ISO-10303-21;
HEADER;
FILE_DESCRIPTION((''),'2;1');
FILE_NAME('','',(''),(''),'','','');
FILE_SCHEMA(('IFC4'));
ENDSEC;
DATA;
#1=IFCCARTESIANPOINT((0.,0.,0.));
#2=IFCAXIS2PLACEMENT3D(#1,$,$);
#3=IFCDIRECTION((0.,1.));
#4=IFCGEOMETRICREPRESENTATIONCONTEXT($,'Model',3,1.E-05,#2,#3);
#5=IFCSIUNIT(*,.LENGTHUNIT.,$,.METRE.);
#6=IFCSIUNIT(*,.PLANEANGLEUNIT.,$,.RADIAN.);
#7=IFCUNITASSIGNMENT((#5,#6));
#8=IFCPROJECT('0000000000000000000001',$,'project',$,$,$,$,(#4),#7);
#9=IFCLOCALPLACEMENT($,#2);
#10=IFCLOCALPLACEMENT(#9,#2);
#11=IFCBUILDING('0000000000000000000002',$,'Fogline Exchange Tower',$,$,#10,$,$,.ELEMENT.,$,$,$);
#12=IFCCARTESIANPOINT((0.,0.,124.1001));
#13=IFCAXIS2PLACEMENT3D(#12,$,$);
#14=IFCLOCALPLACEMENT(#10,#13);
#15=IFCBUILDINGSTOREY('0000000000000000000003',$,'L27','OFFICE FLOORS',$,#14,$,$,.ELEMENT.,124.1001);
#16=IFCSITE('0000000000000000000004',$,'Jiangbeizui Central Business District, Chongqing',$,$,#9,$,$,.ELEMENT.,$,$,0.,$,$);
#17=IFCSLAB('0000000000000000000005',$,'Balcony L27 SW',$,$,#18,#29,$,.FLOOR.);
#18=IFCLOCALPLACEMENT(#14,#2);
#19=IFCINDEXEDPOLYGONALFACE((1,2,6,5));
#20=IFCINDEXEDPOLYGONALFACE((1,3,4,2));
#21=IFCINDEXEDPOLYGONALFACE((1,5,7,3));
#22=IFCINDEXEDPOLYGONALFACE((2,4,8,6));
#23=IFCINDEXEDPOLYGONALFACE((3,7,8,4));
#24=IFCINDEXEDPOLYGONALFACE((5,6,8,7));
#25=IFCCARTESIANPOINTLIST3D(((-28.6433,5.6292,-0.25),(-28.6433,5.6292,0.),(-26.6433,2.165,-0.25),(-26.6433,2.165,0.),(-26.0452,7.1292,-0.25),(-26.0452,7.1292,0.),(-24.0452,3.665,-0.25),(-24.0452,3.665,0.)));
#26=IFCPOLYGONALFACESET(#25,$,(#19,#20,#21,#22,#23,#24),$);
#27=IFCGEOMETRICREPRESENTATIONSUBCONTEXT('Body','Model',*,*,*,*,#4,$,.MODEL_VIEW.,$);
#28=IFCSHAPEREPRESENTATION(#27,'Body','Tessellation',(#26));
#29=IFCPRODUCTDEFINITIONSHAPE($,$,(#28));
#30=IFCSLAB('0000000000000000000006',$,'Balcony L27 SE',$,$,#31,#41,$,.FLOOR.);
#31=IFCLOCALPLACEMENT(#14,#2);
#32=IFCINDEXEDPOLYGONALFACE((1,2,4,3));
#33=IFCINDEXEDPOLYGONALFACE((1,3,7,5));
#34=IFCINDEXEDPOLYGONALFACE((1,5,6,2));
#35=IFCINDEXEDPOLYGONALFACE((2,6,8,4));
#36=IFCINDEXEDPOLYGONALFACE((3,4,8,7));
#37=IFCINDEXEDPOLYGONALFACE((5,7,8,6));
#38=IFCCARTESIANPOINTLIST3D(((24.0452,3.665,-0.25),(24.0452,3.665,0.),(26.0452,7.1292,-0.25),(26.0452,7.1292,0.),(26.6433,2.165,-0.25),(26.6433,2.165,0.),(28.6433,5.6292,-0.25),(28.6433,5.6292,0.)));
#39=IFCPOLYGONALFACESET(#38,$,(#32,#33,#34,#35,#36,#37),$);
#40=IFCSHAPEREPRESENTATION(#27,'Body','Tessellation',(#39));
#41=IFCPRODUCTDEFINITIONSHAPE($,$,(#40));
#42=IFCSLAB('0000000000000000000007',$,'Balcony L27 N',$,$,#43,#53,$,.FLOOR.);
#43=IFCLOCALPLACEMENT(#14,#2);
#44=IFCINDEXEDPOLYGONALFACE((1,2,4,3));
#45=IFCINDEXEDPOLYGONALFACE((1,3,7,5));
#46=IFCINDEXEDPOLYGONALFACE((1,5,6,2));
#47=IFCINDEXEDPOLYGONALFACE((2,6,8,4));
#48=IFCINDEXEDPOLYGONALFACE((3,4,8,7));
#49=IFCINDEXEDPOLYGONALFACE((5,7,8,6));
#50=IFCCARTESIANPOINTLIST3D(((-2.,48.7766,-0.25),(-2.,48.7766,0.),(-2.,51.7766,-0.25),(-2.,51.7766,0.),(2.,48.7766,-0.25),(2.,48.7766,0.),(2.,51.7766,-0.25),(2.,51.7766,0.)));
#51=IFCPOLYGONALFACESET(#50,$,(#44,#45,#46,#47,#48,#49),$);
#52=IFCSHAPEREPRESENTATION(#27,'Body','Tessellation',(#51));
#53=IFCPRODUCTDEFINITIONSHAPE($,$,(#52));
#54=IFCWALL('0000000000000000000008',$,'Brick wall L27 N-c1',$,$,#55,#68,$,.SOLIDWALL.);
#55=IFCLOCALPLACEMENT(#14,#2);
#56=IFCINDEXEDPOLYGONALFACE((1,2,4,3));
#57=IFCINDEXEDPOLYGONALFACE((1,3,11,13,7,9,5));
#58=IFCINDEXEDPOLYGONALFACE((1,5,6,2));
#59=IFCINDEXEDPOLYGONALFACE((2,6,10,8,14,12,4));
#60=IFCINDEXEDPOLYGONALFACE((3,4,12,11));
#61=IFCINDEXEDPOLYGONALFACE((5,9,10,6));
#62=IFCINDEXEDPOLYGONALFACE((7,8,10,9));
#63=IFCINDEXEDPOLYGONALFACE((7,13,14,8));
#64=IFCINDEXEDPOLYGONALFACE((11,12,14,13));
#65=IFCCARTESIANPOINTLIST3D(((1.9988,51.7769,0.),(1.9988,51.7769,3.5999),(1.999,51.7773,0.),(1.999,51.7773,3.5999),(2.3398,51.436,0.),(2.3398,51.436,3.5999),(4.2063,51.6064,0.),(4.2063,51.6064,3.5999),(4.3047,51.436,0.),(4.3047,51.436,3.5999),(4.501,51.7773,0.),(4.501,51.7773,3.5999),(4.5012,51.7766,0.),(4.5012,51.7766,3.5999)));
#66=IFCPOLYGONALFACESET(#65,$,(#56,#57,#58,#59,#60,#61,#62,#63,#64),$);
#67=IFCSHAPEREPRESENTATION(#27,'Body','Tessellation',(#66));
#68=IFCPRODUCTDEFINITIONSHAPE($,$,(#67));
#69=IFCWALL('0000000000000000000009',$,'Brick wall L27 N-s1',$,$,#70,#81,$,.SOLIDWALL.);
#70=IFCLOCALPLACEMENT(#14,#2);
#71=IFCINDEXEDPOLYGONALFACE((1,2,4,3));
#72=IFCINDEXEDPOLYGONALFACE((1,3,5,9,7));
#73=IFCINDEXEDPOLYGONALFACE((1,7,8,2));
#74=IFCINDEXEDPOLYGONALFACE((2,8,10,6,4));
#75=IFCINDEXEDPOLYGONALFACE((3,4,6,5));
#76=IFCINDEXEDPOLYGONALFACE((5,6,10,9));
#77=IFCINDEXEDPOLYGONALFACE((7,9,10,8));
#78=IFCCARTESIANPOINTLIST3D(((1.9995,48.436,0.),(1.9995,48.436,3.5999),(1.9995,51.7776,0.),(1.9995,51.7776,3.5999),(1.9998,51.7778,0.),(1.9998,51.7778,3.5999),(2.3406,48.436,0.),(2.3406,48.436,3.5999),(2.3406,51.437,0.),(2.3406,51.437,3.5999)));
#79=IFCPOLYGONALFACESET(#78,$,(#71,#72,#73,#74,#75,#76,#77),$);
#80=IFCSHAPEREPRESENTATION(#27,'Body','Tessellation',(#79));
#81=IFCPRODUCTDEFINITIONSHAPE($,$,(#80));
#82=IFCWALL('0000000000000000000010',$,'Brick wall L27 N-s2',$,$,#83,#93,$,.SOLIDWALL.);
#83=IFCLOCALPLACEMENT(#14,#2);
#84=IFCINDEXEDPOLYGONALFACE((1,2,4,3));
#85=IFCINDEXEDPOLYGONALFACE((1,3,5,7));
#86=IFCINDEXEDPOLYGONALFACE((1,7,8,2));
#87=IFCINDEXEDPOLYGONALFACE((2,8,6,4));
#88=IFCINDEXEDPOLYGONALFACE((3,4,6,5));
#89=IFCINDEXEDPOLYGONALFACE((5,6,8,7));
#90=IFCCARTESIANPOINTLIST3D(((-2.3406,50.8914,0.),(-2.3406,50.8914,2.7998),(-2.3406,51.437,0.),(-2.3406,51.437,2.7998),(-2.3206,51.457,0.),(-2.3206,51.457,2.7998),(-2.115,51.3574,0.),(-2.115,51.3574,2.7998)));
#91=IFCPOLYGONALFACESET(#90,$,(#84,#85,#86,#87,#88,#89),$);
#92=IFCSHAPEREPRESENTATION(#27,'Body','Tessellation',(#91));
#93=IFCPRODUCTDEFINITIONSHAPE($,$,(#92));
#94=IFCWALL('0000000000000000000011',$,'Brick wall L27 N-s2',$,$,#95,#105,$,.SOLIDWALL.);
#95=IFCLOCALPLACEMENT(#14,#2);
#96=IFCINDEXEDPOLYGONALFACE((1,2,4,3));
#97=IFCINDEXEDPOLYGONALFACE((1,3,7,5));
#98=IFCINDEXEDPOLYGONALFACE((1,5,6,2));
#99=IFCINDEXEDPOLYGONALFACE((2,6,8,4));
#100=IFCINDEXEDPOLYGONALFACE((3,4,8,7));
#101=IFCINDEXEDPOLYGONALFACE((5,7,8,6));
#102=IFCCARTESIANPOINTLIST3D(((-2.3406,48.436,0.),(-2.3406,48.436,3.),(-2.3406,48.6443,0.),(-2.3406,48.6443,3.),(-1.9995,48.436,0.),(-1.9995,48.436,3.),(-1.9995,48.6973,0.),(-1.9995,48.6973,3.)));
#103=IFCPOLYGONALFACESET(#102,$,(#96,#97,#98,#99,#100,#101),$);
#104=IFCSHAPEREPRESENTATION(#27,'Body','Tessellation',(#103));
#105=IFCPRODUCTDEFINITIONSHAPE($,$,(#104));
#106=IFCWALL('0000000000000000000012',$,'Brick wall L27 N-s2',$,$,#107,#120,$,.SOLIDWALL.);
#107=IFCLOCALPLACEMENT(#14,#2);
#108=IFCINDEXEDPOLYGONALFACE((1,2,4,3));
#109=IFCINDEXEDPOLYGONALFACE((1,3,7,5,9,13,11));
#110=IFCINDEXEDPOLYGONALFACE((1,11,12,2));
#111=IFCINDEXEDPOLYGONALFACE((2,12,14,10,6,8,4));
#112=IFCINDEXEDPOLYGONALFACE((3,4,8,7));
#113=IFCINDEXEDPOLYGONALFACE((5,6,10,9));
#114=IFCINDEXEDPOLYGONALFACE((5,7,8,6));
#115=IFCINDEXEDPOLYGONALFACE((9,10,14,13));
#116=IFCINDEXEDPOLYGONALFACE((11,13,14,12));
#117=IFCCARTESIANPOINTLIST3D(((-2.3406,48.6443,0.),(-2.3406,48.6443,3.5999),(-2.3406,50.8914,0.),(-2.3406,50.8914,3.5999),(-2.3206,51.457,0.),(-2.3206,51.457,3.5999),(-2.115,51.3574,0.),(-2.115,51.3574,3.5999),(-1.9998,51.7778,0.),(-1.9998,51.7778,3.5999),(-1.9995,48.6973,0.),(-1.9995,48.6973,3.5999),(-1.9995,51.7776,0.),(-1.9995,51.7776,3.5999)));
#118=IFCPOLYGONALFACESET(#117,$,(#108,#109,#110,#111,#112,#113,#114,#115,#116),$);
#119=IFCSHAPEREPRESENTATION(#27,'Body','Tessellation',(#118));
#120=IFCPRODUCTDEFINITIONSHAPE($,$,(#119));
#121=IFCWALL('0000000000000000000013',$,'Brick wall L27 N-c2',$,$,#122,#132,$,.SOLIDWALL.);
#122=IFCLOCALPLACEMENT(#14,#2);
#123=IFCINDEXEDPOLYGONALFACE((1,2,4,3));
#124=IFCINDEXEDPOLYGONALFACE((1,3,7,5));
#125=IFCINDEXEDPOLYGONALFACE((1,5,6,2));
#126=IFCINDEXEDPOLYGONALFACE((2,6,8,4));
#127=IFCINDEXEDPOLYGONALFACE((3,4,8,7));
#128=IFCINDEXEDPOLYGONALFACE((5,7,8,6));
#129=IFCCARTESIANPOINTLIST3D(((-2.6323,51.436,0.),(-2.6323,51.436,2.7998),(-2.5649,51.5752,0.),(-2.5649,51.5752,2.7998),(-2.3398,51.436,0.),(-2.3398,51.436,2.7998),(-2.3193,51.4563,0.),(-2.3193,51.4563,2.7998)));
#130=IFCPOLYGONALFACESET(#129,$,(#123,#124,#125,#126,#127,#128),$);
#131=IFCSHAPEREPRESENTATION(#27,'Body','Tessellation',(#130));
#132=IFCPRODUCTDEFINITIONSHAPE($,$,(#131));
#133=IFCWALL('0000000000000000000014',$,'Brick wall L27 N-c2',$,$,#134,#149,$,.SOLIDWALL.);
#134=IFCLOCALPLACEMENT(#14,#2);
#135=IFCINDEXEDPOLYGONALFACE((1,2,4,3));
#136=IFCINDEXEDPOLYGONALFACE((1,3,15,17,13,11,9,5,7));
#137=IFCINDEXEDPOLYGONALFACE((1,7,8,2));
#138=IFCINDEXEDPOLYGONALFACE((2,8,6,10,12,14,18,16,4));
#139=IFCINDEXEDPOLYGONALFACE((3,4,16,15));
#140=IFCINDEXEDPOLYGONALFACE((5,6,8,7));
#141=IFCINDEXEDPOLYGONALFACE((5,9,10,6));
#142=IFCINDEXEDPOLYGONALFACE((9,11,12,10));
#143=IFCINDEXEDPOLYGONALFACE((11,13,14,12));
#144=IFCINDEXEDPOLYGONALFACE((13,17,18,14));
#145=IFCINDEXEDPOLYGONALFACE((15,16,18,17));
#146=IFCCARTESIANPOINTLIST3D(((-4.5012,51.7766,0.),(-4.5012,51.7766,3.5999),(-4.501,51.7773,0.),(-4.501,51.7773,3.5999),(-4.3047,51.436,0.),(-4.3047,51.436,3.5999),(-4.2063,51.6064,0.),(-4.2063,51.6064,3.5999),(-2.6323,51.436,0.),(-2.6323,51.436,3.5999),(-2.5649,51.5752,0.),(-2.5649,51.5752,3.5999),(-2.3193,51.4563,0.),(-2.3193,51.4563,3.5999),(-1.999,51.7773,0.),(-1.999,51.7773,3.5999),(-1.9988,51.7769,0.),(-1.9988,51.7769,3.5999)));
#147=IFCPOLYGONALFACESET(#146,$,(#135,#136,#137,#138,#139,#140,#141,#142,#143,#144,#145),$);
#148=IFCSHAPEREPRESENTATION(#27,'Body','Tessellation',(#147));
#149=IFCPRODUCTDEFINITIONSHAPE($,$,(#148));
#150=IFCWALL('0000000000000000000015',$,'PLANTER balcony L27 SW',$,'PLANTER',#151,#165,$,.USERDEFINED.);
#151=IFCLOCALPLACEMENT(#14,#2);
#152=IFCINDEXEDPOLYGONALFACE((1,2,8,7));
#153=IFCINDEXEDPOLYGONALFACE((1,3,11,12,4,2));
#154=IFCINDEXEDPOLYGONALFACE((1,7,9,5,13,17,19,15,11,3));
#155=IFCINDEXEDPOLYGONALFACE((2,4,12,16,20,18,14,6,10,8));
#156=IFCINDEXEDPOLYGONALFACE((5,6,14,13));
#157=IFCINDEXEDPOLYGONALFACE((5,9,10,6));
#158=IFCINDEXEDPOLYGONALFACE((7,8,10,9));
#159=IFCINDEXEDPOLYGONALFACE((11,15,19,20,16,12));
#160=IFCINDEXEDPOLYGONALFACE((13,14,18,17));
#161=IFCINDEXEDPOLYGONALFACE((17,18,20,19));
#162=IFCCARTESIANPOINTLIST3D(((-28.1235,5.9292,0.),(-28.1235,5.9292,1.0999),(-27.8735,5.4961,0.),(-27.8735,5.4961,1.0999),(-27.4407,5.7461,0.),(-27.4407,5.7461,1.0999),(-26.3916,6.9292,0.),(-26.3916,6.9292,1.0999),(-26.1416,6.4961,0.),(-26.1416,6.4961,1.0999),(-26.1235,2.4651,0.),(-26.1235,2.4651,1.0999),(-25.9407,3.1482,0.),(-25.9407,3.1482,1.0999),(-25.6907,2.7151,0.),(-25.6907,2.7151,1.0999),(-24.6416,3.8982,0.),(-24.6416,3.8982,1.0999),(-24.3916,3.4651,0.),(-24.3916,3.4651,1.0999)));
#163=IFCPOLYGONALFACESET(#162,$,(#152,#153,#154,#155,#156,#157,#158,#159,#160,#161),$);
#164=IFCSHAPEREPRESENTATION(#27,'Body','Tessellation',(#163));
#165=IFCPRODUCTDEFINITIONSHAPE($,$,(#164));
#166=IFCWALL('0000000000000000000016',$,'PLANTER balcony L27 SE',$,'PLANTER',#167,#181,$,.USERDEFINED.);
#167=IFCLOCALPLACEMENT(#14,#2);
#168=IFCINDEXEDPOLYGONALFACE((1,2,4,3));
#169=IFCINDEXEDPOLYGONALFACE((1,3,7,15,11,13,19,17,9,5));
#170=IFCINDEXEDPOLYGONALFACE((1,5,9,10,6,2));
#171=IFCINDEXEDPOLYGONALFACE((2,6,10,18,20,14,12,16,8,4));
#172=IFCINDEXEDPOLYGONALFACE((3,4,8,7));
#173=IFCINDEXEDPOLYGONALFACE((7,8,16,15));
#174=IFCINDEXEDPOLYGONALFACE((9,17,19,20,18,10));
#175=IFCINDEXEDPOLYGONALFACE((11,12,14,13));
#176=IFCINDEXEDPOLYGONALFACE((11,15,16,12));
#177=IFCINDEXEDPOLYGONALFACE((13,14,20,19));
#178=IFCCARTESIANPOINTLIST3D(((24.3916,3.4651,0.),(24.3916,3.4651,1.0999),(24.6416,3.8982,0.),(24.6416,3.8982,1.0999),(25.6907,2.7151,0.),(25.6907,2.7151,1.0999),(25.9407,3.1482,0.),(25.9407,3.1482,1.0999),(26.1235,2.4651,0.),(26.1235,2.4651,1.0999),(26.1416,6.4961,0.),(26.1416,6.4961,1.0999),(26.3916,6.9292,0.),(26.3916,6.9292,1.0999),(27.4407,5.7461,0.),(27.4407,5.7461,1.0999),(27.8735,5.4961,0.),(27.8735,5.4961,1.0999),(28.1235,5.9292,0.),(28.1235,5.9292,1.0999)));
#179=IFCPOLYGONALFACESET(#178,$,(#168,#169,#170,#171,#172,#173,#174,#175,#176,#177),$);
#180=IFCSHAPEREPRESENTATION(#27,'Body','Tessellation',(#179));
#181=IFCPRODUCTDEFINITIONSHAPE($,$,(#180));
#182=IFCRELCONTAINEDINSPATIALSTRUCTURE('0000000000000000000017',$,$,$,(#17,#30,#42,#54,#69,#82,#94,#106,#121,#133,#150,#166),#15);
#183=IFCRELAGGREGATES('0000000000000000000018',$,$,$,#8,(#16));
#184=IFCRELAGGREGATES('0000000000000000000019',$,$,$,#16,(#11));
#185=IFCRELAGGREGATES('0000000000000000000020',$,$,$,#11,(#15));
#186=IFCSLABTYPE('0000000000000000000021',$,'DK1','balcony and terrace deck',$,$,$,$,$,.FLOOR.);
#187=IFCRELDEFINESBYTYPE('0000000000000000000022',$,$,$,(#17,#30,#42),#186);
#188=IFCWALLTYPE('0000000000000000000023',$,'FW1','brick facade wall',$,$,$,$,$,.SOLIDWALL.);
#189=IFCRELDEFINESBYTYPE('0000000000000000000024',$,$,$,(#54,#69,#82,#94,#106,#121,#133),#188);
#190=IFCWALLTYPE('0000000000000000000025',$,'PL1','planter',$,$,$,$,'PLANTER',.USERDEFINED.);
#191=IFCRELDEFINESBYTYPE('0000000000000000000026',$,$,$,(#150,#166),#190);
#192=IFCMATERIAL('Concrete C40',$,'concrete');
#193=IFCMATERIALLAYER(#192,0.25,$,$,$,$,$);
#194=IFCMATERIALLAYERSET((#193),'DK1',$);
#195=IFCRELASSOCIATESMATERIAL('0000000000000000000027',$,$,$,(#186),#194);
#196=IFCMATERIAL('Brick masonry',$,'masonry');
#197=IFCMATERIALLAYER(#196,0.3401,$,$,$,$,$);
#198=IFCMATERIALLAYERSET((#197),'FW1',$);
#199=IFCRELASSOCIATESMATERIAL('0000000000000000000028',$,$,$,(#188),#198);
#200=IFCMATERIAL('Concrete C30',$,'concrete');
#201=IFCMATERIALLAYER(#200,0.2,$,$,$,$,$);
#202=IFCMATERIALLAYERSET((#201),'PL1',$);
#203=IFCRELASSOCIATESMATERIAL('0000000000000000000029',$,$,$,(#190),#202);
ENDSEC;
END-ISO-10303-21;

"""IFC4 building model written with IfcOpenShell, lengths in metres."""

from ifc_helpers import new_model, si_unit, direction, frame, origin, place, context, subcontext, project, spatial, polyline, outline, extrude, material, layer, layer_set, type_object, element, save


model = new_model("IFC4")

# Units and contexts
model_context = context("Model", 3, precision=1e-05, world=origin(), true_north=direction((0.0, 1.0)))
body_context = subcontext(model_context, "Body", "Model", "MODEL_VIEW")
ifc_project = project(units=[si_unit("LENGTHUNIT", "METRE"), si_unit("PLANEANGLEUNIT", "RADIAN")], contexts=[model_context])

# Site, building, storey
site_placement = place(None, origin())
site = spatial("IfcSite", under=ifc_project, at=site_placement, Name="Jiangbeizui Central Business District, Chongqing", CompositionType="ELEMENT", RefElevation=0.0)
building_placement = place(site_placement, origin())
building = spatial("IfcBuilding", under=site, at=building_placement, Name="Fogline Exchange Tower", CompositionType="ELEMENT")
storey_placement = place(building_placement, frame((0.0, 0.0, 124.1001)))
storey = spatial("IfcBuildingStorey", under=building, at=storey_placement, Name="L27", Description="OFFICE FLOORS", CompositionType="ELEMENT", Elevation=124.1001)

# Slabs
ifc_material_1 = material(Name="Concrete C40", Category="concrete")
ifc_layer_1 = layer(ifc_material_1, 0.25)
ifc_layer_set_1 = layer_set([ifc_layer_1], Name="DK1")
slab_type = type_object("IfcSlabType", Name="DK1", Description="balcony and terrace deck", PredefinedType="FLOOR", material=ifc_layer_set_1)
slab_1_placement = place(storey_placement, frame((0.0, 0.0, -0.25)))
element("IfcSlab", 1, at=slab_1_placement, inside=storey, type_object=slab_type, Name="Balcony L27 SW", PredefinedType="FLOOR", context=body_context, shape_type="SweptSolid", body=[
    extrude(outline(polyline([(-28.6433, 5.6292), (-26.6433, 2.165), (-24.0452, 3.665), (-26.0452, 7.1292), (-28.6433, 5.6292)])), origin(), (0.0, 0.0, 1.0), 0.25),
])
slab_2_placement = place(storey_placement, frame((0.0, 0.0, -0.25)))
element("IfcSlab", 2, at=slab_2_placement, inside=storey, type_object=slab_type, Name="Balcony L27 SE", PredefinedType="FLOOR", context=body_context, shape_type="SweptSolid", body=[
    extrude(outline(polyline([(26.6433, 2.165), (28.6433, 5.6292), (26.0452, 7.1292), (24.0452, 3.665), (26.6433, 2.165)])), origin(), (0.0, 0.0, 1.0), 0.25),
])
slab_3_placement = place(storey_placement, frame((0.0, 0.0, -0.25)))
element("IfcSlab", 3, at=slab_3_placement, inside=storey, type_object=slab_type, Name="Balcony L27 N", PredefinedType="FLOOR", context=body_context, shape_type="SweptSolid", body=[
    extrude(outline(polyline([(2.0, 51.7766), (-2.0, 51.7766), (-2.0, 48.7766), (2.0, 48.7766), (2.0, 51.7766)])), origin(), (0.0, 0.0, 1.0), 0.25),
])

# Walls
ifc_material_2 = material(Name="Brick masonry", Category="masonry")
ifc_layer_2 = layer(ifc_material_2, 0.3401)
ifc_layer_set_2 = layer_set([ifc_layer_2], Name="FW1")
wall_type_1 = type_object("IfcWallType", Name="FW1", Description="brick facade wall", PredefinedType="SOLIDWALL", material=ifc_layer_set_2)
wall_1_placement = place(storey_placement, origin())
element("IfcWall", 4, at=wall_1_placement, inside=storey, type_object=wall_type_1, Name="Brick wall L27 N-c1", PredefinedType="SOLIDWALL", context=body_context, shape_type="SweptSolid", body=[
    extrude(outline(polyline([(1.999, 51.7773), (4.501, 51.7773), (4.5012, 51.7766), (4.2063, 51.6064), (4.3047, 51.436), (2.3398, 51.436), (1.9988, 51.7769), (1.999, 51.7773)])), origin(), (0.0, 0.0, 1.0), 3.5999),
])
wall_2_placement = place(storey_placement, origin())
element("IfcWall", 5, at=wall_2_placement, inside=storey, type_object=wall_type_1, Name="Brick wall L27 N-s1", PredefinedType="SOLIDWALL", context=body_context, shape_type="SweptSolid", body=[
    extrude(outline(polyline([(2.3406, 48.436), (1.9995, 48.436), (1.9995, 51.7776), (1.9998, 51.7778), (2.3406, 51.437), (2.3406, 48.436)])), origin(), (0.0, 0.0, 1.0), 3.5999),
])
wall_3_placement = place(storey_placement, origin())
element("IfcWall", 6, at=wall_3_placement, inside=storey, type_object=wall_type_1, Name="Brick wall L27 N-s2", PredefinedType="SOLIDWALL", context=body_context, shape_type="SweptSolid", body=[
    extrude(outline(polyline([(-2.3406, 51.437), (-2.3206, 51.457), (-2.115, 51.3574), (-2.3406, 50.8914), (-2.3406, 51.437)])), origin(), (0.0, 0.0, 1.0), 2.7998),
])
wall_4_placement = place(storey_placement, origin())
element("IfcWall", 7, at=wall_4_placement, inside=storey, type_object=wall_type_1, Name="Brick wall L27 N-s2", PredefinedType="SOLIDWALL", context=body_context, shape_type="SweptSolid", body=[
    extrude(outline(polyline([(-2.3406, 48.436), (-2.3406, 48.6443), (-1.9995, 48.6973), (-1.9995, 48.436), (-2.3406, 48.436)])), origin(), (0.0, 0.0, 1.0), 3.0),
])
wall_5_placement = place(storey_placement, origin())
element("IfcWall", 8, at=wall_5_placement, inside=storey, type_object=wall_type_1, Name="Brick wall L27 N-s2", PredefinedType="SOLIDWALL", context=body_context, shape_type="SweptSolid", body=[
    extrude(outline(polyline([(-2.3406, 50.8914), (-2.115, 51.3574), (-2.3206, 51.457), (-1.9998, 51.7778), (-1.9995, 51.7776), (-1.9995, 48.6973), (-2.3406, 48.6443), (-2.3406, 50.8914)])), origin(), (0.0, 0.0, 1.0), 3.5999),
])
wall_6_placement = place(storey_placement, origin())
element("IfcWall", 9, at=wall_6_placement, inside=storey, type_object=wall_type_1, Name="Brick wall L27 N-c2", PredefinedType="SOLIDWALL", context=body_context, shape_type="SweptSolid", body=[
    extrude(outline(polyline([(-2.3398, 51.436), (-2.6323, 51.436), (-2.5649, 51.5752), (-2.3193, 51.4563), (-2.3398, 51.436)])), origin(), (0.0, 0.0, 1.0), 2.7998),
])
wall_7_placement = place(storey_placement, origin())
element("IfcWall", 10, at=wall_7_placement, inside=storey, type_object=wall_type_1, Name="Brick wall L27 N-c2", PredefinedType="SOLIDWALL", context=body_context, shape_type="SweptSolid", body=[
    extrude(outline(polyline([(-4.2063, 51.6064), (-4.5012, 51.7766), (-4.501, 51.7773), (-1.999, 51.7773), (-1.9988, 51.7769), (-2.3193, 51.4563), (-2.5649, 51.5752), (-2.6323, 51.436), (-4.3047, 51.436), (-4.2063, 51.6064)])), origin(), (0.0, 0.0, 1.0), 3.5999),
])
ifc_material_3 = material(Name="Concrete C30", Category="concrete")
ifc_layer_3 = layer(ifc_material_3, 0.2)
ifc_layer_set_3 = layer_set([ifc_layer_3], Name="PL1")
wall_type_2 = type_object("IfcWallType", Name="PL1", Description="planter", ElementType="PLANTER", PredefinedType="USERDEFINED", material=ifc_layer_set_3)
wall_8_placement = place(storey_placement, origin())
element("IfcWall", 11, at=wall_8_placement, inside=storey, type_object=wall_type_2, Name="PLANTER balcony L27 SW", ObjectType="PLANTER", PredefinedType="USERDEFINED", context=body_context, shape_type="SweptSolid", body=[
    extrude(outline(polyline([(-24.6416, 3.8982), (-25.9407, 3.1482), (-27.4407, 5.7461), (-26.1416, 6.4961), (-26.3916, 6.9292), (-28.1235, 5.9292), (-27.8735, 5.4961), (-26.1235, 2.4651), (-25.6907, 2.7151), (-25.6907, 2.7151), (-24.3916, 3.4651), (-24.6416, 3.8982)])), origin(), (0.0, 0.0, 1.0), 1.0999),
])
wall_9_placement = place(storey_placement, origin())
element("IfcWall", 12, at=wall_9_placement, inside=storey, type_object=wall_type_2, Name="PLANTER balcony L27 SE", ObjectType="PLANTER", PredefinedType="USERDEFINED", context=body_context, shape_type="SweptSolid", body=[
    extrude(outline(polyline([(24.3916, 3.4651), (25.6907, 2.7151), (25.6907, 2.7151), (26.1235, 2.4651), (27.8735, 5.4961), (28.1235, 5.9292), (26.3916, 6.9292), (26.1416, 6.4961), (27.4407, 5.7461), (25.9407, 3.1482), (24.6416, 3.8982), (24.3916, 3.4651)])), origin(), (0.0, 0.0, 1.0), 1.0999),
])

save(model, "model.ifc")
